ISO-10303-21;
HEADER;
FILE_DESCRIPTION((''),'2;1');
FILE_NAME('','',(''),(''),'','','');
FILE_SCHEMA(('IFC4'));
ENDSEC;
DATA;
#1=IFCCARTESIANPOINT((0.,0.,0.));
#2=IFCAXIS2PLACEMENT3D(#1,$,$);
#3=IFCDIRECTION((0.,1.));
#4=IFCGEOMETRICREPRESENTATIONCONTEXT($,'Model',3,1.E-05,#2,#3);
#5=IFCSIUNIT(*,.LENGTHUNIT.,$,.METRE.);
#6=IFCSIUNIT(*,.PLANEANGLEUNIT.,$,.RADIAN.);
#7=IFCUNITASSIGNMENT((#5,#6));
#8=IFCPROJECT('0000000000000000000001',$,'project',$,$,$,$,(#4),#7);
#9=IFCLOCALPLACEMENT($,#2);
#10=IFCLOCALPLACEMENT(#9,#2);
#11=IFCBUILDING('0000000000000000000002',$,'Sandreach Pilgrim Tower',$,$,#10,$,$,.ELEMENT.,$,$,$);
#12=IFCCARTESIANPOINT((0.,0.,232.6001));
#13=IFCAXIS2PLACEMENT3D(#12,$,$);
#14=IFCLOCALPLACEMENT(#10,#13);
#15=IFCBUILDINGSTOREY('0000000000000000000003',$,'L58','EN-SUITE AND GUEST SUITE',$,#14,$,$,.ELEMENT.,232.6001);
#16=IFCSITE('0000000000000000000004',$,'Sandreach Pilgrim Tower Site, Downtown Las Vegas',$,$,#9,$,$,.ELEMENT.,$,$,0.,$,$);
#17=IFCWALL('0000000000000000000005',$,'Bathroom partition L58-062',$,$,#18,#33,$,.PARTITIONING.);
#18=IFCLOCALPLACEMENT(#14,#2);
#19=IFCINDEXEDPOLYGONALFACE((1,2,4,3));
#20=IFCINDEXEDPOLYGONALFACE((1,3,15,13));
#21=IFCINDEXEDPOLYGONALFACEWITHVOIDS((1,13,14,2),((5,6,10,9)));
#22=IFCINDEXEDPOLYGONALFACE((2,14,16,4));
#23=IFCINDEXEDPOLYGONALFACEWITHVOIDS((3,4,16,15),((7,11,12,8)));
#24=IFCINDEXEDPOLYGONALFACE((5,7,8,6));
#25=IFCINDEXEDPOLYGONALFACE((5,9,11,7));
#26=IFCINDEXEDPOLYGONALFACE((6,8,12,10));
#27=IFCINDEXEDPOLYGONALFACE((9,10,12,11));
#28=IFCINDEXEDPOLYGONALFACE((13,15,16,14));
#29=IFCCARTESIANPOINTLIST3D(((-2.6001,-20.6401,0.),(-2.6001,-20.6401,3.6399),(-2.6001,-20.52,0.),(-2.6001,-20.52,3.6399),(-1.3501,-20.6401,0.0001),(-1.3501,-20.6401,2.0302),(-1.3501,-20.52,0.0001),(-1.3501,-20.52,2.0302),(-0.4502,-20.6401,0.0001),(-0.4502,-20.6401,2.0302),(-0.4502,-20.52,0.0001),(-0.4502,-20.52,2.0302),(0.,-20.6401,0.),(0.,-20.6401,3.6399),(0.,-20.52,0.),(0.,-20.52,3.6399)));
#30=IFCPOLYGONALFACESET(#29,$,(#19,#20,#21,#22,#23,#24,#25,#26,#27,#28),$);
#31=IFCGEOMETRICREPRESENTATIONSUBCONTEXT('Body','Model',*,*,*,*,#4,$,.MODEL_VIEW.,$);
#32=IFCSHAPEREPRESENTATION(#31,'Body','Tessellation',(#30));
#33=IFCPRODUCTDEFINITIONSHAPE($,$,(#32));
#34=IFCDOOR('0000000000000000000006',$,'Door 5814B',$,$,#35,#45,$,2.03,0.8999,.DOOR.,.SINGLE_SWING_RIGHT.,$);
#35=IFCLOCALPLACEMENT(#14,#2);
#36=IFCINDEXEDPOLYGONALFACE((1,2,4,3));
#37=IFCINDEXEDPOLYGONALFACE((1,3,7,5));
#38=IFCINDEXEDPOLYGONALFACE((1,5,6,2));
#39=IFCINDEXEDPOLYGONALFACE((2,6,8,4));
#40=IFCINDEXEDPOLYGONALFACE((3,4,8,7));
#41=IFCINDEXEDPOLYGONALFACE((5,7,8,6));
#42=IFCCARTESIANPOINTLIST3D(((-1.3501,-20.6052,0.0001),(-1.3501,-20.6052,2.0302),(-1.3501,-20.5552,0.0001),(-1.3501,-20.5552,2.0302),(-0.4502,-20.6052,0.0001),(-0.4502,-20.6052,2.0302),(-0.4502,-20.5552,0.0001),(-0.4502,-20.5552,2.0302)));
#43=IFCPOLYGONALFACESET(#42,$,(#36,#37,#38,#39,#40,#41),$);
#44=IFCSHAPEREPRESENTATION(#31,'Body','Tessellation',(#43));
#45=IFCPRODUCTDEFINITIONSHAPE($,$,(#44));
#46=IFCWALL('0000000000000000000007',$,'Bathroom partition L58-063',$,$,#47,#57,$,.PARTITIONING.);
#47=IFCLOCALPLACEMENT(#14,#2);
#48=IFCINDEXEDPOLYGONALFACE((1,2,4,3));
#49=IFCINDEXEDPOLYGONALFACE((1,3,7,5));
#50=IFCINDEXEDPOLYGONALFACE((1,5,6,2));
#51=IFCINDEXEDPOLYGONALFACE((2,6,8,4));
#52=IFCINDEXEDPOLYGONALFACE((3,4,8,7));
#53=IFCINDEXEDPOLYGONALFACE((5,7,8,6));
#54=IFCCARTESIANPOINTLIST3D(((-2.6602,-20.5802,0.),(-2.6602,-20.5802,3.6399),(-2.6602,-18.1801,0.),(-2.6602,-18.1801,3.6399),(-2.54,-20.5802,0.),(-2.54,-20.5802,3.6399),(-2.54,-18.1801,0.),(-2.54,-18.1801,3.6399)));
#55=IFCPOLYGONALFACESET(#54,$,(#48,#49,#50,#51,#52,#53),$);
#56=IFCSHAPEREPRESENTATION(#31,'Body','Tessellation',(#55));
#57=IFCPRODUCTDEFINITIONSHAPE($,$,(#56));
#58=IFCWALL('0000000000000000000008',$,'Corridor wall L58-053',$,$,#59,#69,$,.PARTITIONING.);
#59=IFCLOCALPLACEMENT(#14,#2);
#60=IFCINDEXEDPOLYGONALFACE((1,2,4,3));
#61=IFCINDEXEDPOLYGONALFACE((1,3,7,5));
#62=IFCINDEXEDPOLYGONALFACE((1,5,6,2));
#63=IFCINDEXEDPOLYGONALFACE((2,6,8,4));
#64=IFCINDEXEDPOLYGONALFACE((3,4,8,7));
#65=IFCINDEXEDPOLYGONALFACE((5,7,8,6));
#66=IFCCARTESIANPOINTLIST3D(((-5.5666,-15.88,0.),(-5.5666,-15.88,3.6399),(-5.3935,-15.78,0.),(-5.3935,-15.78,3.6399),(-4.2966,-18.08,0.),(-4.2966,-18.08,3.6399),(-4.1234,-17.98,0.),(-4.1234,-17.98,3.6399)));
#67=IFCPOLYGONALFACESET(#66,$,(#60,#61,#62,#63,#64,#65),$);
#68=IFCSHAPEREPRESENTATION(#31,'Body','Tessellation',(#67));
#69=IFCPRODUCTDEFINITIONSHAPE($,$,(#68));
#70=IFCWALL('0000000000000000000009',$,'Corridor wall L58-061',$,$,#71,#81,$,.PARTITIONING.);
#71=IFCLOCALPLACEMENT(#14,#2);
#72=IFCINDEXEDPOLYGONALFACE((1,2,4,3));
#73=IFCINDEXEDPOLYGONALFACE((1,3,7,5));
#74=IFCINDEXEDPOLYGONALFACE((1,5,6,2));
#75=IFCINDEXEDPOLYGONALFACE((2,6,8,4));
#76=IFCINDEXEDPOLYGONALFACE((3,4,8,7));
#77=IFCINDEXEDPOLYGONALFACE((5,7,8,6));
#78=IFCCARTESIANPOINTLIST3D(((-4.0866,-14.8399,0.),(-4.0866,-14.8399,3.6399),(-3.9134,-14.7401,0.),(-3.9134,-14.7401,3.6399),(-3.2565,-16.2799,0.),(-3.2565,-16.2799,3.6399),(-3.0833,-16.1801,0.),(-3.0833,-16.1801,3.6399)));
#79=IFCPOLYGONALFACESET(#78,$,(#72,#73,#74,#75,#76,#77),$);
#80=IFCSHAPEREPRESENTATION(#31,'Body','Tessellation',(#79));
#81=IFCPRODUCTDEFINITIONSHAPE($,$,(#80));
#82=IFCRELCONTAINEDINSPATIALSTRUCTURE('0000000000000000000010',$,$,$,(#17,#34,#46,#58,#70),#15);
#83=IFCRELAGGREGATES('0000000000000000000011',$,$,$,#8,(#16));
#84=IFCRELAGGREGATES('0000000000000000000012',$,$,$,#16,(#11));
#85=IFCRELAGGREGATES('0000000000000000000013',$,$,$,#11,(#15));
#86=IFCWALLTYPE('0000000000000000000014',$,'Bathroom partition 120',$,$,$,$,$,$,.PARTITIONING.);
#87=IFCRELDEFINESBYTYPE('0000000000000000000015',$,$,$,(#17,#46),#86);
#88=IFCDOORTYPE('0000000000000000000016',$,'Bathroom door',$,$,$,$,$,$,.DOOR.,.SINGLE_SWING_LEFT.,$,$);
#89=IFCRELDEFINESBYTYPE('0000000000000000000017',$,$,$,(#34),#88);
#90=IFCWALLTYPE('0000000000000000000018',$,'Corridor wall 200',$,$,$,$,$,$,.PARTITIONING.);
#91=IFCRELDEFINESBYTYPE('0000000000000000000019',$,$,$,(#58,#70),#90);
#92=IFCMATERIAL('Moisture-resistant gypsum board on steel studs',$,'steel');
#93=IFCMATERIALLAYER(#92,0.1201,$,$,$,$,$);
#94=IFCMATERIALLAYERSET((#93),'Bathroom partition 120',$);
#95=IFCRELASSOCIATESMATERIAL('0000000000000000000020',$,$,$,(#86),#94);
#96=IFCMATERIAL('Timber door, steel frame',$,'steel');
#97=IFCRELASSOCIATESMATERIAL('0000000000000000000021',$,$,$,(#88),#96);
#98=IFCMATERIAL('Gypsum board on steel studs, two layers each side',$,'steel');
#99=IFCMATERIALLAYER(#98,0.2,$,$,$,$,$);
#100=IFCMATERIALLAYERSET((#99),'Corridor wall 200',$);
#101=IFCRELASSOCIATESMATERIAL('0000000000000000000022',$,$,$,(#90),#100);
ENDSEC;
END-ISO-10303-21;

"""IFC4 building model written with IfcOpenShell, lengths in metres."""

from ifc_helpers import new_model, si_unit, direction, frame, frame_2d, origin, place, context, subcontext, project, spatial, rectangle, extrude, material, layer, layer_set, type_object, element, fill, save


model = new_model("IFC4")

# Units and contexts
model_context = context("Model", 3, precision=1e-05, world=origin(), true_north=direction((0.0, 1.0)))
body_context = subcontext(model_context, "Body", "Model", "MODEL_VIEW")
ifc_project = project(units=[si_unit("LENGTHUNIT", "METRE"), si_unit("PLANEANGLEUNIT", "RADIAN")], contexts=[model_context])

# Site, building, storey
site_placement = place(None, origin())
site = spatial("IfcSite", under=ifc_project, at=site_placement, Name="Sandreach Pilgrim Tower Site, Downtown Las Vegas", CompositionType="ELEMENT", RefElevation=0.0)
building_placement = place(site_placement, origin())
building = spatial("IfcBuilding", under=site, at=building_placement, Name="Sandreach Pilgrim Tower", CompositionType="ELEMENT")
storey_placement = place(building_placement, frame((0.0, 0.0, 232.6001)))
storey = spatial("IfcBuildingStorey", under=building, at=storey_placement, Name="L58", Description="EN-SUITE AND GUEST SUITE", CompositionType="ELEMENT", Elevation=232.6001)

# Shared definitions
ifc_material_1 = material(Name="Moisture-resistant gypsum board on steel studs", Category="steel")
ifc_layer_1 = layer(ifc_material_1, 0.1201)
ifc_layer_set_1 = layer_set([ifc_layer_1], Name="Bathroom partition 120")
wall_type_1 = type_object("IfcWallType", Name="Bathroom partition 120", PredefinedType="PARTITIONING", material=ifc_layer_set_1)
ifc_material_2 = material(Name="Timber door, steel frame", Category="steel")
door_type_1 = type_object("IfcDoorType", Name="Bathroom door", OperationType="SINGLE_SWING_LEFT", PredefinedType="DOOR", material=ifc_material_2)

# Wall, opening, door
wall_1_placement = place(storey_placement, frame((-2.6001, -20.5801, 0.0), z_axis=(0.0, 0.0, 1.0), x_axis=(1.0, 0.0, 0.0)))
wall_1 = element("IfcWall", 1, at=wall_1_placement, inside=storey, type_object=wall_type_1, Name="Bathroom partition L58-062", PredefinedType="PARTITIONING", context=body_context, shape_type="SweptSolid", body=[
    extrude(rectangle(XDim=2.6001, YDim=0.1201, at=frame_2d((1.3, 0.0))), origin(), (0.0, 0.0, 1.0), 3.6399),
])
opening_1_placement = place(wall_1_placement, frame((1.25, 0.0, 0.0)))
opening_1 = element("IfcOpeningElement", 2, at=opening_1_placement, cuts=wall_1, PredefinedType="OPENING", context=body_context, shape_type="SweptSolid", body=[
    extrude(rectangle(XDim=0.8999, YDim=2.03, at=frame_2d((0.45, 1.0151))), frame((0.0, 0.0601, 0.0), z_axis=(0.0, -1.0, 0.0), x_axis=(1.0, 0.0, 0.0)), (0.0, 0.0, 1.0), 0.1201),
])
door_1_placement = place(opening_1_placement, origin())
door_1 = element("IfcDoor", 3, at=door_1_placement, inside=storey, type_object=door_type_1, Name="Door 5814B", OperationType="SINGLE_SWING_RIGHT", OverallHeight=2.03, OverallWidth=0.8999, PredefinedType="DOOR", context=body_context, shape_type="SweptSolid", body=[
    extrude(rectangle(XDim=0.8999, YDim=2.03, at=frame_2d((0.45, 1.0151))), frame((0.0, 0.0249, 0.0), z_axis=(0.0, -1.0, 0.0), x_axis=(1.0, 0.0, 0.0)), (0.0, 0.0, 1.0), 0.05),
])
fill(opening_1, door_1)

# Wall
wall_2_placement = place(storey_placement, frame((-2.6001, -18.1799, 0.0), z_axis=(0.0, 0.0, 1.0), x_axis=(0.0, -1.0, 0.0)))
element("IfcWall", 4, at=wall_2_placement, inside=storey, type_object=wall_type_1, Name="Bathroom partition L58-063", PredefinedType="PARTITIONING", context=body_context, shape_type="SweptSolid", body=[
    extrude(rectangle(XDim=2.4001, YDim=0.1201, at=frame_2d((1.2002, 0.0))), origin(), (0.0, 0.0, 1.0), 3.6399),
])

# Shared definitions
ifc_material_3 = material(Name="Gypsum board on steel studs, two layers each side", Category="steel")
ifc_layer_2 = layer(ifc_material_3, 0.2)
ifc_layer_set_2 = layer_set([ifc_layer_2], Name="Corridor wall 200")
wall_type_2 = type_object("IfcWallType", Name="Corridor wall 200", PredefinedType="PARTITIONING", material=ifc_layer_set_2)

# Wall
wall_3_placement = place(storey_placement, frame((-5.48, -15.8301, 0.0), z_axis=(0.0, 0.0, 1.0), x_axis=(0.499964, -0.866046, 0.0)))
element("IfcWall", 5, at=wall_3_placement, inside=storey, type_object=wall_type_2, Name="Corridor wall L58-053", PredefinedType="PARTITIONING", context=body_context, shape_type="SweptSolid", body=[
    extrude(rectangle(XDim=2.5403, YDim=0.2, at=frame_2d((1.27, 0.0))), origin(), (0.0, 0.0, 1.0), 3.6399),
])

# Wall
wall_4_placement = place(storey_placement, frame((-3.1699, -16.23, 0.0), z_axis=(0.0, 0.0, 1.0), x_axis=(-0.499426, 0.866357, 0.0)))
element("IfcWall", 6, at=wall_4_placement, inside=storey, type_object=wall_type_2, Name="Corridor wall L58-061", PredefinedType="PARTITIONING", context=body_context, shape_type="SweptSolid", body=[
    extrude(rectangle(XDim=1.6621, YDim=0.2, at=frame_2d((0.8311, 0.0))), origin(), (0.0, 0.0, 1.0), 3.6399),
])

save(model, "model.ifc")
